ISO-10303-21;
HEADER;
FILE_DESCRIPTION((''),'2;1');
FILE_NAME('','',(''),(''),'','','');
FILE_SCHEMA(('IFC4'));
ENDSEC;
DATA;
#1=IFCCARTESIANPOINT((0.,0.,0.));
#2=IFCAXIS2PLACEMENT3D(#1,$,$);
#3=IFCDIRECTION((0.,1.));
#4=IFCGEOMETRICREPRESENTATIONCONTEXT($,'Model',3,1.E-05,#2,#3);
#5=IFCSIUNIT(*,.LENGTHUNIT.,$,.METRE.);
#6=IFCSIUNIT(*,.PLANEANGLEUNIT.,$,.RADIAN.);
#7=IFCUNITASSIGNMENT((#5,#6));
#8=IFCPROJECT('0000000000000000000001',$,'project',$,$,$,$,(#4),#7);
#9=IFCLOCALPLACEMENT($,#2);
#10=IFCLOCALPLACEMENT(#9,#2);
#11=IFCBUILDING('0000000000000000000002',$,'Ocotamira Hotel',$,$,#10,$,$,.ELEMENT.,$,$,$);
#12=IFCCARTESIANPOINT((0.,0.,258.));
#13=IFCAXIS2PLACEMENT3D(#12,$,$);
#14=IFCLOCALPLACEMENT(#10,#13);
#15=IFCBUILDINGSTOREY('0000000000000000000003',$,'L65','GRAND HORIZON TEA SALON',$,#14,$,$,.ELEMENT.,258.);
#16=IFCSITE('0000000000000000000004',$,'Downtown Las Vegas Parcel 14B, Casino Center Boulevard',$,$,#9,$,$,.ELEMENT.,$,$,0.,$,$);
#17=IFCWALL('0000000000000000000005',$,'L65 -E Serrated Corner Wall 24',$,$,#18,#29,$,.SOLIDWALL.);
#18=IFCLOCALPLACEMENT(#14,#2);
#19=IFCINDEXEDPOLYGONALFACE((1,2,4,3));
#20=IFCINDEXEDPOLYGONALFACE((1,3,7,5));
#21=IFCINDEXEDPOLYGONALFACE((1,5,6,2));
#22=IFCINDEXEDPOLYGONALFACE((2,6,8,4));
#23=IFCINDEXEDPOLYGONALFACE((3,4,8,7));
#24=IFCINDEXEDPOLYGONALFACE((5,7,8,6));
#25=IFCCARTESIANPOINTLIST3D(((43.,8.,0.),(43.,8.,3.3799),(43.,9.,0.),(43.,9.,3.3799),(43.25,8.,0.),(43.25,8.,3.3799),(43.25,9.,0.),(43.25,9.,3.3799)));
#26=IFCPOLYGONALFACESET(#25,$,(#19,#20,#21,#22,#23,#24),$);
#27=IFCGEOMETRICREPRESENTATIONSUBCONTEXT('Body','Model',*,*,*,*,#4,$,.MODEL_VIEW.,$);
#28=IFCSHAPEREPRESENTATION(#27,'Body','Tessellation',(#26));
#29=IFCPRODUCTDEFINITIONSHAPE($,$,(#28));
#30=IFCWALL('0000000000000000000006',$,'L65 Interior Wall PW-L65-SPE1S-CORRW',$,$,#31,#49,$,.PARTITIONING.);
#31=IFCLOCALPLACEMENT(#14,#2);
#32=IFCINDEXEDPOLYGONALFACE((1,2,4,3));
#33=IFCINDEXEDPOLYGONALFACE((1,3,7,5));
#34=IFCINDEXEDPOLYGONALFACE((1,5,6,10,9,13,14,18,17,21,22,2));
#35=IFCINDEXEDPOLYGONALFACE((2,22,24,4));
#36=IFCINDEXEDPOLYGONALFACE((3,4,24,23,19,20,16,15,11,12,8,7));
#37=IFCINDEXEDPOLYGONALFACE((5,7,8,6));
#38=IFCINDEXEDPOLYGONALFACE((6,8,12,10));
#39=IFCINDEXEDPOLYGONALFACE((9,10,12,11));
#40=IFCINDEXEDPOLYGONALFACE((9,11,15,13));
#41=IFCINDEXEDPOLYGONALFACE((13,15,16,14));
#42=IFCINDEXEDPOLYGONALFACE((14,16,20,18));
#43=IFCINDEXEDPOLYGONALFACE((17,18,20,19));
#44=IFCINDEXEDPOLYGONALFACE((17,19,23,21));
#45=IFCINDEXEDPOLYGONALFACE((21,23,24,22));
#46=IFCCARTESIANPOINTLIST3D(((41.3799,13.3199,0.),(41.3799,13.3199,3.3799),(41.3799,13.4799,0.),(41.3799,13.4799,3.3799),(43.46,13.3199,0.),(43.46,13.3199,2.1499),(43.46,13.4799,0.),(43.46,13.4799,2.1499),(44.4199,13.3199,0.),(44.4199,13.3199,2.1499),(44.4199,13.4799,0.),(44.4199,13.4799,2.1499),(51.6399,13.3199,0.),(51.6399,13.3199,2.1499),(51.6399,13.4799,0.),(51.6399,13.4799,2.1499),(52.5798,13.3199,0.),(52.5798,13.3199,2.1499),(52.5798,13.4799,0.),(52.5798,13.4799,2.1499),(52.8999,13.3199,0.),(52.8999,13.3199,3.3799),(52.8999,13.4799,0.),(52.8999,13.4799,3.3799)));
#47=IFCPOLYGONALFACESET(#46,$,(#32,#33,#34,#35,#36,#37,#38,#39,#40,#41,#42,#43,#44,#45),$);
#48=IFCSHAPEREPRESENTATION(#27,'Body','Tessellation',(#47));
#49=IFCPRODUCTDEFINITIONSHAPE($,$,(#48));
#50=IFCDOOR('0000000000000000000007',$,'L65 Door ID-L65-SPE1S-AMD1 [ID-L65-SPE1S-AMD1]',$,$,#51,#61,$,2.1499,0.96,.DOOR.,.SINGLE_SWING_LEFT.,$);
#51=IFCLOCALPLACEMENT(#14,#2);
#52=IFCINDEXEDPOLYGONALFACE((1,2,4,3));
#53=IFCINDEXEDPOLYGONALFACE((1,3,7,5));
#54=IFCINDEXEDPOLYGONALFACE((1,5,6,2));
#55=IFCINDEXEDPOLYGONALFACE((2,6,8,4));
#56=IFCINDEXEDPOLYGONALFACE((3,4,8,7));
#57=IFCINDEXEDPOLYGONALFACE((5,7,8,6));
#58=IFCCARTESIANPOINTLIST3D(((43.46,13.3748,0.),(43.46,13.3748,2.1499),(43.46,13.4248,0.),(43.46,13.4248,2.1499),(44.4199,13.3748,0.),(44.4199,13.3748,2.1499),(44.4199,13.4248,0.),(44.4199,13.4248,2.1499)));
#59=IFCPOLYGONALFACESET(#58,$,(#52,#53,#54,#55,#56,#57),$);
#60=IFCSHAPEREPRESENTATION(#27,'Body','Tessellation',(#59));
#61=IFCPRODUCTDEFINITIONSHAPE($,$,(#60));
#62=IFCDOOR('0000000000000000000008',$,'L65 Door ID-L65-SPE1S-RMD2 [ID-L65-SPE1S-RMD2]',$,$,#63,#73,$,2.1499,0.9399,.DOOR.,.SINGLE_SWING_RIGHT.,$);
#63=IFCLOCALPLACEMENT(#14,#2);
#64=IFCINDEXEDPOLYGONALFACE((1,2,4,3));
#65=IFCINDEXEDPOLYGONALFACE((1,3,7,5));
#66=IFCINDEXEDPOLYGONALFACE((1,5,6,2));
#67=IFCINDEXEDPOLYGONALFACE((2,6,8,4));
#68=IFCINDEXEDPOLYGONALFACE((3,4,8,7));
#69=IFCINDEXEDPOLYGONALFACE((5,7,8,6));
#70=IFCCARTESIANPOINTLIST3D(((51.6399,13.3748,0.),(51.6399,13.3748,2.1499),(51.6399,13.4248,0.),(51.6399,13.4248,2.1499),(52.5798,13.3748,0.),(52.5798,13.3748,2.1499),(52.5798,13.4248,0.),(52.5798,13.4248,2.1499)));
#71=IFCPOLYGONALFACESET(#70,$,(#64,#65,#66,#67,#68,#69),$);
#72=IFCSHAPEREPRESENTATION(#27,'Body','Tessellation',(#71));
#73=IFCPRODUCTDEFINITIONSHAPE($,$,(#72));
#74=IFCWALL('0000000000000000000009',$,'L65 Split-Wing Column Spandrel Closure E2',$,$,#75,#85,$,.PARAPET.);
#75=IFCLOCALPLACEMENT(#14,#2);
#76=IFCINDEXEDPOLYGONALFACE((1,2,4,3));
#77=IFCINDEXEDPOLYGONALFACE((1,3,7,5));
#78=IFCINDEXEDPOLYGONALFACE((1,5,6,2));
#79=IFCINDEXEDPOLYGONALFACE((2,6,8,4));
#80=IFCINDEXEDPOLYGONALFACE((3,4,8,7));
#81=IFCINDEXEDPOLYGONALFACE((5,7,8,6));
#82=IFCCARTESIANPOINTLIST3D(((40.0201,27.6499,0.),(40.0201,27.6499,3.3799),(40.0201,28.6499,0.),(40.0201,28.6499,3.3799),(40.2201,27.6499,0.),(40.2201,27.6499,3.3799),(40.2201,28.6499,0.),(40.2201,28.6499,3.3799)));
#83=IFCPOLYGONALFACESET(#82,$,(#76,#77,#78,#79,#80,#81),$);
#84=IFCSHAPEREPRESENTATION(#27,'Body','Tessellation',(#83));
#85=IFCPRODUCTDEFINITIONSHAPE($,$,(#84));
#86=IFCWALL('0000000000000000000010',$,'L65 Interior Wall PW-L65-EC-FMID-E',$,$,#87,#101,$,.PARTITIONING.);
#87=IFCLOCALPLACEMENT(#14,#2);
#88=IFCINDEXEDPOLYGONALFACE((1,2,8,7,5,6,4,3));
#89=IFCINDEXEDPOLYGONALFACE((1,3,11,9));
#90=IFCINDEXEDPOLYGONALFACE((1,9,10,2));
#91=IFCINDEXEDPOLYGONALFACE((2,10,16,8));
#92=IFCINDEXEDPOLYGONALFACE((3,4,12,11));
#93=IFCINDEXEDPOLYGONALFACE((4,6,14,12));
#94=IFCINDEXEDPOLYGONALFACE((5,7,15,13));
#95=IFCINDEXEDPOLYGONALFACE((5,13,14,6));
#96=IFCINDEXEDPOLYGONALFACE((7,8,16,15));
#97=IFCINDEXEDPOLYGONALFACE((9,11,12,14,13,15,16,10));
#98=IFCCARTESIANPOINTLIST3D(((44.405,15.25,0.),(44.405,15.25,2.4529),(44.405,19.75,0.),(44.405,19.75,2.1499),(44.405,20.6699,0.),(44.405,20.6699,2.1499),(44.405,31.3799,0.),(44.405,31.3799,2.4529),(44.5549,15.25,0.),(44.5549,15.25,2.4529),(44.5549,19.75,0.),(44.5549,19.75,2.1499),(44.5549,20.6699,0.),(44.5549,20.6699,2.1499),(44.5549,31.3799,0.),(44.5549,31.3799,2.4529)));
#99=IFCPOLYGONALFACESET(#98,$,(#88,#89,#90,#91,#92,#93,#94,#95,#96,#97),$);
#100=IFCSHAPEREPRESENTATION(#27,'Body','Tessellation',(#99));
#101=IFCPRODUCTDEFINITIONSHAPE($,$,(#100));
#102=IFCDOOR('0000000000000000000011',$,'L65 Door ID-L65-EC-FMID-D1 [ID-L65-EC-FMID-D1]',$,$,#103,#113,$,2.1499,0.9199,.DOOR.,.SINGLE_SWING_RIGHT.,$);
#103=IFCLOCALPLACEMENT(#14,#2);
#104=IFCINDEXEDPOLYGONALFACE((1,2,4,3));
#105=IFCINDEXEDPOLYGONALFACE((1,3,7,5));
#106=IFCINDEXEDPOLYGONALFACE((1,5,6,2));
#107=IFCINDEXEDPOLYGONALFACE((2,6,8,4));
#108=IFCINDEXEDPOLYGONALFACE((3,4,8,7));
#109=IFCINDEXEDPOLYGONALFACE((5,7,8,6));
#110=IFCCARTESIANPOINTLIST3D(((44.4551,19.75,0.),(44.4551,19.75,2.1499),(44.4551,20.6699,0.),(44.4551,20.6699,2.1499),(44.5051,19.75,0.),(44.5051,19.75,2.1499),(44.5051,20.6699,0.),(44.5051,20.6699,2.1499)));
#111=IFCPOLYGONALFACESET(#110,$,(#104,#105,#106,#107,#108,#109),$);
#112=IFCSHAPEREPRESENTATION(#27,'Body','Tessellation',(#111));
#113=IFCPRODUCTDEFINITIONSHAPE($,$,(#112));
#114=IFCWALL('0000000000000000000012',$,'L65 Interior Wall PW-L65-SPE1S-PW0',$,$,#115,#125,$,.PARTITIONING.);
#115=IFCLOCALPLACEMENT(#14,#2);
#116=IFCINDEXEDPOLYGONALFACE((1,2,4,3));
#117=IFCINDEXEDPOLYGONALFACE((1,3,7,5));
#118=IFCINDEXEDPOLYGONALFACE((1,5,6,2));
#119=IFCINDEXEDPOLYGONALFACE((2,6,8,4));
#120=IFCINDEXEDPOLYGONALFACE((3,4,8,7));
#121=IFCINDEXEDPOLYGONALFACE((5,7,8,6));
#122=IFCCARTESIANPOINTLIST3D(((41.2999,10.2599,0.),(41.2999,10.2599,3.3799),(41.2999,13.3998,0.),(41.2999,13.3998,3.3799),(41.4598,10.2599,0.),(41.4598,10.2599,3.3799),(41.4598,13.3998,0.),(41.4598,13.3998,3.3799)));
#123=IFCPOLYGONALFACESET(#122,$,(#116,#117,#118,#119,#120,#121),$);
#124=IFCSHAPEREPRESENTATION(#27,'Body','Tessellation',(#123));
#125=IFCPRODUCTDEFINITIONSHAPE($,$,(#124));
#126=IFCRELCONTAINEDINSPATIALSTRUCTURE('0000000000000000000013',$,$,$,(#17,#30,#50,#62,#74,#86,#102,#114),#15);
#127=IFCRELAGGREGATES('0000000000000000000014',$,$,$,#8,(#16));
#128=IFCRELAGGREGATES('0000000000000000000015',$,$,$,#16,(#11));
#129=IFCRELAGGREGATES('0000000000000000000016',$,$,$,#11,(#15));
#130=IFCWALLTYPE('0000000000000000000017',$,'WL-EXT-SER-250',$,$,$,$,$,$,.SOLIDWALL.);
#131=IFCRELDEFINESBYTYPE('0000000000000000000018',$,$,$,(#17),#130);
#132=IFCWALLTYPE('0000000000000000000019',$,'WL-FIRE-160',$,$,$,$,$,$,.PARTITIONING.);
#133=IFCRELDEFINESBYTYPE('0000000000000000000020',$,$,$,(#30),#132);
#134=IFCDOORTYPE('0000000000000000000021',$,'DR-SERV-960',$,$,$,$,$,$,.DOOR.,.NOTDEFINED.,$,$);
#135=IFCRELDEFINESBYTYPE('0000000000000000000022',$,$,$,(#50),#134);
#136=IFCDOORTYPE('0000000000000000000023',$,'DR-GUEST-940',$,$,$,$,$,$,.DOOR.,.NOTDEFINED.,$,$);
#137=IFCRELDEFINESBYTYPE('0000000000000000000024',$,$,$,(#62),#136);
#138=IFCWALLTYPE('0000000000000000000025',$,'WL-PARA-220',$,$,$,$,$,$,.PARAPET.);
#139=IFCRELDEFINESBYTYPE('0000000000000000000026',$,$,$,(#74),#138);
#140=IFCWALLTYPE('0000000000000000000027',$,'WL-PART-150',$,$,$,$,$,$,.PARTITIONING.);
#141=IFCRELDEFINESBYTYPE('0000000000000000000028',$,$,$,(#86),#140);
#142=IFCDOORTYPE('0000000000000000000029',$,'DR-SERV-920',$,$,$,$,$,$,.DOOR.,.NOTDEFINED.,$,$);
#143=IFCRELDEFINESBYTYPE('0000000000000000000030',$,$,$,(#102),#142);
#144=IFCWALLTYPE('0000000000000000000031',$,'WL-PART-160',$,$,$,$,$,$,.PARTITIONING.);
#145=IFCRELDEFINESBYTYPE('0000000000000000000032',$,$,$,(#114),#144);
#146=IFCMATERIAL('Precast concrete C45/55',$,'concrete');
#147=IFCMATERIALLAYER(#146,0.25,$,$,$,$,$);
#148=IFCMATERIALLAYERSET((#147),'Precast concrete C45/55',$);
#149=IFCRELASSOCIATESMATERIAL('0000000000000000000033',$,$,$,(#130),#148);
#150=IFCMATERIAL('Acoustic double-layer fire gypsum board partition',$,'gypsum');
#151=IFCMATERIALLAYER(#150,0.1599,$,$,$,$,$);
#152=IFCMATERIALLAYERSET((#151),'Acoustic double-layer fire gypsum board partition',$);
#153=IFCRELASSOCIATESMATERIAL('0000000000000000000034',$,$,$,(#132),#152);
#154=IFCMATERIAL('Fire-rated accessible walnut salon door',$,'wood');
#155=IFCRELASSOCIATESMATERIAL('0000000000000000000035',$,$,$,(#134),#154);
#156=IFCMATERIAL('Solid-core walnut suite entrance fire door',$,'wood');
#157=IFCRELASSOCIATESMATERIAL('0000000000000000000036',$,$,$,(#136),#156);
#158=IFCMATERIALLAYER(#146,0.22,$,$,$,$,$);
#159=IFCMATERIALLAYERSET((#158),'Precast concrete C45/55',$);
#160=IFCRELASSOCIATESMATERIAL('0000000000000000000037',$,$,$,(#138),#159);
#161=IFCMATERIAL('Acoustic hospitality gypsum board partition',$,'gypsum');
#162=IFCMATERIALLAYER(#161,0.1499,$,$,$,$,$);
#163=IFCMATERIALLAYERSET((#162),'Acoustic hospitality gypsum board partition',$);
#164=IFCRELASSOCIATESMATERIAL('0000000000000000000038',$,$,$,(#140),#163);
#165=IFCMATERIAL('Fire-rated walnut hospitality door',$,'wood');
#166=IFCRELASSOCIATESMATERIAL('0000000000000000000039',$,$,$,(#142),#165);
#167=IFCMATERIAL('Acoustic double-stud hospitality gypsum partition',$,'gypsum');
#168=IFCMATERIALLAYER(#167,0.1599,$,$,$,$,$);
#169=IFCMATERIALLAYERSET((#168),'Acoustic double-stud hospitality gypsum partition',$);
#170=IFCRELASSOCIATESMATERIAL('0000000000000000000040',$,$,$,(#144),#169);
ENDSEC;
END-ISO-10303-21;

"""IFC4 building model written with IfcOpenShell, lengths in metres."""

from ifc_helpers import new_model, si_unit, direction, frame, frame_2d, origin, place, context, subcontext, project, spatial, rectangle, extrude, source, transform, mapped, material, layer, layer_set, type_object, element, fill, save


model = new_model("IFC4")

# Units and contexts
model_context = context("Model", 3, precision=1e-05, world=origin(), true_north=direction((0.0, 1.0)))
body_context = subcontext(model_context, "Body", "Model", "MODEL_VIEW")
ifc_project = project(units=[si_unit("LENGTHUNIT", "METRE"), si_unit("PLANEANGLEUNIT", "RADIAN")], contexts=[model_context])

# Site, building, storey
site_placement = place(None, origin())
site = spatial("IfcSite", under=ifc_project, at=site_placement, Name="Downtown Las Vegas Parcel 14B, Casino Center Boulevard", CompositionType="ELEMENT", RefElevation=0.0)
building_placement = place(site_placement, origin())
building = spatial("IfcBuilding", under=site, at=building_placement, Name="Ocotamira Hotel", CompositionType="ELEMENT")
storey_placement = place(building_placement, frame((0.0, 0.0, 258.0)))
storey = spatial("IfcBuildingStorey", under=building, at=storey_placement, Name="L65", Description="GRAND HORIZON TEA SALON", CompositionType="ELEMENT", Elevation=258.0)

# Wall
ifc_material_1 = material(Name="Precast concrete C45/55", Category="concrete")
ifc_layer_1 = layer(ifc_material_1, 0.25)
ifc_layer_set_1 = layer_set([ifc_layer_1], Name="Precast concrete C45/55")
wall_type_1 = type_object("IfcWallType", Name="WL-EXT-SER-250", PredefinedType="SOLIDWALL", material=ifc_layer_set_1)
for number, where, z_axis, x_axis, name in (
    (1, (43.125, 9.0, 0.0), (0.0, 0.0, 1.0), (0.0, -1.0, 0.0), "L65 -E Serrated Corner Wall 24"),
):
    element("IfcWall", number, at=place(storey_placement, frame(where, z_axis=z_axis, x_axis=x_axis)), inside=storey, type_object=wall_type_1, Name=name, PredefinedType="SOLIDWALL", context=body_context, shape_type="SweptSolid", body=[
        extrude(rectangle(XDim=1.0, YDim=0.25, at=frame_2d((0.5, 0.0))), origin(), (0.0, 0.0, 1.0), 3.3799),
    ])

# Wall, openings, doors
ifc_material_2 = material(Name="Acoustic double-layer fire gypsum board partition", Category="gypsum")
ifc_layer_2 = layer(ifc_material_2, 0.1599)
ifc_layer_set_2 = layer_set([ifc_layer_2], Name="Acoustic double-layer fire gypsum board partition")
wall_type_2 = type_object("IfcWallType", Name="WL-FIRE-160", PredefinedType="PARTITIONING", material=ifc_layer_set_2)
wall_1_placement = place(storey_placement, frame((41.3799, 13.3999, 0.0), z_axis=(0.0, 0.0, 1.0), x_axis=(1.0, 0.0, 0.0)))
wall_1 = element("IfcWall", 2, at=wall_1_placement, inside=storey, type_object=wall_type_2, Name="L65 Interior Wall PW-L65-SPE1S-CORRW", PredefinedType="PARTITIONING", context=body_context, shape_type="SweptSolid", body=[
    extrude(rectangle(XDim=11.52, YDim=0.1599, at=frame_2d((5.76, 0.0))), origin(), (0.0, 0.0, 1.0), 3.3799),
])
opening_1_placement = place(wall_1_placement, frame((2.0801, 0.0, 0.0)))
opening_1 = element("IfcOpeningElement", 3, at=opening_1_placement, cuts=wall_1, PredefinedType="OPENING", context=body_context, shape_type="SweptSolid", body=[
    extrude(rectangle(XDim=0.96, YDim=2.1499, at=frame_2d((0.48, 1.075))), frame((0.0, 0.0898, 0.0), z_axis=(0.0, -1.0, 0.0), x_axis=(1.0, 0.0, 0.0)), (0.0, 0.0, 1.0), 0.1799),
])
opening_2_placement = place(wall_1_placement, frame((10.26, 0.0, 0.0)))
opening_2 = element("IfcOpeningElement", 4, at=opening_2_placement, cuts=wall_1, PredefinedType="OPENING", context=body_context, shape_type="SweptSolid", body=[
    extrude(rectangle(XDim=0.9399, YDim=2.1499, at=frame_2d((0.47, 1.075))), frame((0.0, 0.0898, 0.0), z_axis=(0.0, -1.0, 0.0), x_axis=(1.0, 0.0, 0.0)), (0.0, 0.0, 1.0), 0.1799),
])
ifc_material_3 = material(Name="Fire-rated accessible walnut salon door", Category="wood")
door_type_1 = type_object("IfcDoorType", Name="DR-SERV-960", OperationType="NOTDEFINED", PredefinedType="DOOR", material=ifc_material_3)
shared_shape_1 = source(origin(), body_context, "Body", "SweptSolid", [
    extrude(rectangle(XDim=0.96, YDim=2.1499, at=frame_2d((0.48, 1.075))), frame((0.0, 0.0249, 0.0), z_axis=(0.0, -1.0, 0.0), x_axis=(1.0, 0.0, 0.0)), (0.0, 0.0, 1.0), 0.05),
])
door_1_placement = place(opening_1_placement, origin())
door_1 = element("IfcDoor", 5, at=door_1_placement, inside=storey, type_object=door_type_1, Name="L65 Door ID-L65-SPE1S-AMD1 [ID-L65-SPE1S-AMD1]", OperationType="SINGLE_SWING_LEFT", OverallHeight=2.1499, OverallWidth=0.96, PredefinedType="DOOR", context=body_context, shape_type="MappedRepresentation", body=[
    mapped(shared_shape_1, transform((0.0, 0.0, 0.0), scale=1.0)),
])
fill(opening_1, door_1)
ifc_material_4 = material(Name="Solid-core walnut suite entrance fire door", Category="wood")
door_type_2 = type_object("IfcDoorType", Name="DR-GUEST-940", OperationType="NOTDEFINED", PredefinedType="DOOR", material=ifc_material_4)
shared_shape_2 = source(origin(), body_context, "Body", "SweptSolid", [
    extrude(rectangle(XDim=0.9399, YDim=2.1499, at=frame_2d((0.47, 1.075))), frame((0.0, 0.0249, 0.0), z_axis=(0.0, -1.0, 0.0), x_axis=(1.0, 0.0, 0.0)), (0.0, 0.0, 1.0), 0.05),
])
door_2_placement = place(opening_2_placement, origin())
door_2 = element("IfcDoor", 6, at=door_2_placement, inside=storey, type_object=door_type_2, Name="L65 Door ID-L65-SPE1S-RMD2 [ID-L65-SPE1S-RMD2]", OperationType="SINGLE_SWING_RIGHT", OverallHeight=2.1499, OverallWidth=0.9399, PredefinedType="DOOR", context=body_context, shape_type="MappedRepresentation", body=[
    mapped(shared_shape_2, transform((0.0, 0.0, 0.0), scale=1.0)),
])
fill(opening_2, door_2)

# Wall
ifc_layer_3 = layer(ifc_material_1, 0.22)
ifc_layer_set_3 = layer_set([ifc_layer_3], Name="Precast concrete C45/55")
wall_type_3 = type_object("IfcWallType", Name="WL-PARA-220", PredefinedType="PARAPET", material=ifc_layer_set_3)
wall_2_placement = place(storey_placement, frame((40.1201, 27.6499, 0.0), z_axis=(0.0, 0.0, 1.0), x_axis=(0.0, 1.0, 0.0)))
element("IfcWall", 7, at=wall_2_placement, inside=storey, type_object=wall_type_3, Name="L65 Split-Wing Column Spandrel Closure E2", PredefinedType="PARAPET", context=body_context, shape_type="SweptSolid", body=[
    extrude(rectangle(XDim=1.0, YDim=0.2, at=frame_2d((0.5, 0.0))), origin(), (0.0, 0.0, 1.0), 3.3799),
])

# Wall, opening, door
ifc_material_5 = material(Name="Acoustic hospitality gypsum board partition", Category="gypsum")
ifc_layer_4 = layer(ifc_material_5, 0.1499)
ifc_layer_set_4 = layer_set([ifc_layer_4], Name="Acoustic hospitality gypsum board partition")
wall_type_4 = type_object("IfcWallType", Name="WL-PART-150", PredefinedType="PARTITIONING", material=ifc_layer_set_4)
wall_3_placement = place(storey_placement, frame((44.48, 15.25, 0.0), z_axis=(0.0, 0.0, 1.0), x_axis=(0.0, 1.0, 0.0)))
wall_3 = element("IfcWall", 8, at=wall_3_placement, inside=storey, type_object=wall_type_4, Name="L65 Interior Wall PW-L65-EC-FMID-E", PredefinedType="PARTITIONING", context=body_context, shape_type="SweptSolid", body=[
    extrude(rectangle(XDim=16.1299, YDim=0.1499, at=frame_2d((8.0649, 0.0))), origin(), (0.0, 0.0, 1.0), 2.4529),
])
opening_3_placement = place(wall_3_placement, frame((4.5, 0.0, 0.0)))
opening_3 = element("IfcOpeningElement", 9, at=opening_3_placement, cuts=wall_3, PredefinedType="OPENING", context=body_context, shape_type="SweptSolid", body=[
    extrude(rectangle(XDim=0.9199, YDim=2.1499, at=frame_2d((0.46, 1.075))), frame((0.0, 0.085, 0.0), z_axis=(0.0, -1.0, 0.0), x_axis=(1.0, 0.0, 0.0)), (0.0, 0.0, 1.0), 0.1699),
])
ifc_material_6 = material(Name="Fire-rated walnut hospitality door", Category="wood")
door_type_3 = type_object("IfcDoorType", Name="DR-SERV-920", OperationType="NOTDEFINED", PredefinedType="DOOR", material=ifc_material_6)
shared_shape_3 = source(origin(), body_context, "Body", "SweptSolid", [
    extrude(rectangle(XDim=0.9199, YDim=2.1499, at=frame_2d((0.46, 1.075))), frame((0.0, 0.0249, 0.0), z_axis=(0.0, -1.0, 0.0), x_axis=(1.0, 0.0, 0.0)), (0.0, 0.0, 1.0), 0.05),
])
door_3_placement = place(opening_3_placement, origin())
door_3 = element("IfcDoor", 10, at=door_3_placement, inside=storey, type_object=door_type_3, Name="L65 Door ID-L65-EC-FMID-D1 [ID-L65-EC-FMID-D1]", OperationType="SINGLE_SWING_RIGHT", OverallHeight=2.1499, OverallWidth=0.9199, PredefinedType="DOOR", context=body_context, shape_type="MappedRepresentation", body=[
    mapped(shared_shape_3, transform((0.0, 0.0, 0.0), scale=1.0)),
])
fill(opening_3, door_3)

# Wall
ifc_material_7 = material(Name="Acoustic double-stud hospitality gypsum partition", Category="gypsum")
ifc_layer_5 = layer(ifc_material_7, 0.1599)
ifc_layer_set_5 = layer_set([ifc_layer_5], Name="Acoustic double-stud hospitality gypsum partition")
wall_type_5 = type_object("IfcWallType", Name="WL-PART-160", PredefinedType="PARTITIONING", material=ifc_layer_set_5)
wall_4_placement = place(storey_placement, frame((41.3799, 10.26, 0.0), z_axis=(0.0, 0.0, 1.0), x_axis=(0.0, 1.0, 0.0)))
element("IfcWall", 11, at=wall_4_placement, inside=storey, type_object=wall_type_5, Name="L65 Interior Wall PW-L65-SPE1S-PW0", PredefinedType="PARTITIONING", context=body_context, shape_type="SweptSolid", body=[
    extrude(rectangle(XDim=3.1399, YDim=0.1599, at=frame_2d((1.5698, 0.0))), origin(), (0.0, 0.0, 1.0), 3.3799),
])

save(model, "model.ifc")
